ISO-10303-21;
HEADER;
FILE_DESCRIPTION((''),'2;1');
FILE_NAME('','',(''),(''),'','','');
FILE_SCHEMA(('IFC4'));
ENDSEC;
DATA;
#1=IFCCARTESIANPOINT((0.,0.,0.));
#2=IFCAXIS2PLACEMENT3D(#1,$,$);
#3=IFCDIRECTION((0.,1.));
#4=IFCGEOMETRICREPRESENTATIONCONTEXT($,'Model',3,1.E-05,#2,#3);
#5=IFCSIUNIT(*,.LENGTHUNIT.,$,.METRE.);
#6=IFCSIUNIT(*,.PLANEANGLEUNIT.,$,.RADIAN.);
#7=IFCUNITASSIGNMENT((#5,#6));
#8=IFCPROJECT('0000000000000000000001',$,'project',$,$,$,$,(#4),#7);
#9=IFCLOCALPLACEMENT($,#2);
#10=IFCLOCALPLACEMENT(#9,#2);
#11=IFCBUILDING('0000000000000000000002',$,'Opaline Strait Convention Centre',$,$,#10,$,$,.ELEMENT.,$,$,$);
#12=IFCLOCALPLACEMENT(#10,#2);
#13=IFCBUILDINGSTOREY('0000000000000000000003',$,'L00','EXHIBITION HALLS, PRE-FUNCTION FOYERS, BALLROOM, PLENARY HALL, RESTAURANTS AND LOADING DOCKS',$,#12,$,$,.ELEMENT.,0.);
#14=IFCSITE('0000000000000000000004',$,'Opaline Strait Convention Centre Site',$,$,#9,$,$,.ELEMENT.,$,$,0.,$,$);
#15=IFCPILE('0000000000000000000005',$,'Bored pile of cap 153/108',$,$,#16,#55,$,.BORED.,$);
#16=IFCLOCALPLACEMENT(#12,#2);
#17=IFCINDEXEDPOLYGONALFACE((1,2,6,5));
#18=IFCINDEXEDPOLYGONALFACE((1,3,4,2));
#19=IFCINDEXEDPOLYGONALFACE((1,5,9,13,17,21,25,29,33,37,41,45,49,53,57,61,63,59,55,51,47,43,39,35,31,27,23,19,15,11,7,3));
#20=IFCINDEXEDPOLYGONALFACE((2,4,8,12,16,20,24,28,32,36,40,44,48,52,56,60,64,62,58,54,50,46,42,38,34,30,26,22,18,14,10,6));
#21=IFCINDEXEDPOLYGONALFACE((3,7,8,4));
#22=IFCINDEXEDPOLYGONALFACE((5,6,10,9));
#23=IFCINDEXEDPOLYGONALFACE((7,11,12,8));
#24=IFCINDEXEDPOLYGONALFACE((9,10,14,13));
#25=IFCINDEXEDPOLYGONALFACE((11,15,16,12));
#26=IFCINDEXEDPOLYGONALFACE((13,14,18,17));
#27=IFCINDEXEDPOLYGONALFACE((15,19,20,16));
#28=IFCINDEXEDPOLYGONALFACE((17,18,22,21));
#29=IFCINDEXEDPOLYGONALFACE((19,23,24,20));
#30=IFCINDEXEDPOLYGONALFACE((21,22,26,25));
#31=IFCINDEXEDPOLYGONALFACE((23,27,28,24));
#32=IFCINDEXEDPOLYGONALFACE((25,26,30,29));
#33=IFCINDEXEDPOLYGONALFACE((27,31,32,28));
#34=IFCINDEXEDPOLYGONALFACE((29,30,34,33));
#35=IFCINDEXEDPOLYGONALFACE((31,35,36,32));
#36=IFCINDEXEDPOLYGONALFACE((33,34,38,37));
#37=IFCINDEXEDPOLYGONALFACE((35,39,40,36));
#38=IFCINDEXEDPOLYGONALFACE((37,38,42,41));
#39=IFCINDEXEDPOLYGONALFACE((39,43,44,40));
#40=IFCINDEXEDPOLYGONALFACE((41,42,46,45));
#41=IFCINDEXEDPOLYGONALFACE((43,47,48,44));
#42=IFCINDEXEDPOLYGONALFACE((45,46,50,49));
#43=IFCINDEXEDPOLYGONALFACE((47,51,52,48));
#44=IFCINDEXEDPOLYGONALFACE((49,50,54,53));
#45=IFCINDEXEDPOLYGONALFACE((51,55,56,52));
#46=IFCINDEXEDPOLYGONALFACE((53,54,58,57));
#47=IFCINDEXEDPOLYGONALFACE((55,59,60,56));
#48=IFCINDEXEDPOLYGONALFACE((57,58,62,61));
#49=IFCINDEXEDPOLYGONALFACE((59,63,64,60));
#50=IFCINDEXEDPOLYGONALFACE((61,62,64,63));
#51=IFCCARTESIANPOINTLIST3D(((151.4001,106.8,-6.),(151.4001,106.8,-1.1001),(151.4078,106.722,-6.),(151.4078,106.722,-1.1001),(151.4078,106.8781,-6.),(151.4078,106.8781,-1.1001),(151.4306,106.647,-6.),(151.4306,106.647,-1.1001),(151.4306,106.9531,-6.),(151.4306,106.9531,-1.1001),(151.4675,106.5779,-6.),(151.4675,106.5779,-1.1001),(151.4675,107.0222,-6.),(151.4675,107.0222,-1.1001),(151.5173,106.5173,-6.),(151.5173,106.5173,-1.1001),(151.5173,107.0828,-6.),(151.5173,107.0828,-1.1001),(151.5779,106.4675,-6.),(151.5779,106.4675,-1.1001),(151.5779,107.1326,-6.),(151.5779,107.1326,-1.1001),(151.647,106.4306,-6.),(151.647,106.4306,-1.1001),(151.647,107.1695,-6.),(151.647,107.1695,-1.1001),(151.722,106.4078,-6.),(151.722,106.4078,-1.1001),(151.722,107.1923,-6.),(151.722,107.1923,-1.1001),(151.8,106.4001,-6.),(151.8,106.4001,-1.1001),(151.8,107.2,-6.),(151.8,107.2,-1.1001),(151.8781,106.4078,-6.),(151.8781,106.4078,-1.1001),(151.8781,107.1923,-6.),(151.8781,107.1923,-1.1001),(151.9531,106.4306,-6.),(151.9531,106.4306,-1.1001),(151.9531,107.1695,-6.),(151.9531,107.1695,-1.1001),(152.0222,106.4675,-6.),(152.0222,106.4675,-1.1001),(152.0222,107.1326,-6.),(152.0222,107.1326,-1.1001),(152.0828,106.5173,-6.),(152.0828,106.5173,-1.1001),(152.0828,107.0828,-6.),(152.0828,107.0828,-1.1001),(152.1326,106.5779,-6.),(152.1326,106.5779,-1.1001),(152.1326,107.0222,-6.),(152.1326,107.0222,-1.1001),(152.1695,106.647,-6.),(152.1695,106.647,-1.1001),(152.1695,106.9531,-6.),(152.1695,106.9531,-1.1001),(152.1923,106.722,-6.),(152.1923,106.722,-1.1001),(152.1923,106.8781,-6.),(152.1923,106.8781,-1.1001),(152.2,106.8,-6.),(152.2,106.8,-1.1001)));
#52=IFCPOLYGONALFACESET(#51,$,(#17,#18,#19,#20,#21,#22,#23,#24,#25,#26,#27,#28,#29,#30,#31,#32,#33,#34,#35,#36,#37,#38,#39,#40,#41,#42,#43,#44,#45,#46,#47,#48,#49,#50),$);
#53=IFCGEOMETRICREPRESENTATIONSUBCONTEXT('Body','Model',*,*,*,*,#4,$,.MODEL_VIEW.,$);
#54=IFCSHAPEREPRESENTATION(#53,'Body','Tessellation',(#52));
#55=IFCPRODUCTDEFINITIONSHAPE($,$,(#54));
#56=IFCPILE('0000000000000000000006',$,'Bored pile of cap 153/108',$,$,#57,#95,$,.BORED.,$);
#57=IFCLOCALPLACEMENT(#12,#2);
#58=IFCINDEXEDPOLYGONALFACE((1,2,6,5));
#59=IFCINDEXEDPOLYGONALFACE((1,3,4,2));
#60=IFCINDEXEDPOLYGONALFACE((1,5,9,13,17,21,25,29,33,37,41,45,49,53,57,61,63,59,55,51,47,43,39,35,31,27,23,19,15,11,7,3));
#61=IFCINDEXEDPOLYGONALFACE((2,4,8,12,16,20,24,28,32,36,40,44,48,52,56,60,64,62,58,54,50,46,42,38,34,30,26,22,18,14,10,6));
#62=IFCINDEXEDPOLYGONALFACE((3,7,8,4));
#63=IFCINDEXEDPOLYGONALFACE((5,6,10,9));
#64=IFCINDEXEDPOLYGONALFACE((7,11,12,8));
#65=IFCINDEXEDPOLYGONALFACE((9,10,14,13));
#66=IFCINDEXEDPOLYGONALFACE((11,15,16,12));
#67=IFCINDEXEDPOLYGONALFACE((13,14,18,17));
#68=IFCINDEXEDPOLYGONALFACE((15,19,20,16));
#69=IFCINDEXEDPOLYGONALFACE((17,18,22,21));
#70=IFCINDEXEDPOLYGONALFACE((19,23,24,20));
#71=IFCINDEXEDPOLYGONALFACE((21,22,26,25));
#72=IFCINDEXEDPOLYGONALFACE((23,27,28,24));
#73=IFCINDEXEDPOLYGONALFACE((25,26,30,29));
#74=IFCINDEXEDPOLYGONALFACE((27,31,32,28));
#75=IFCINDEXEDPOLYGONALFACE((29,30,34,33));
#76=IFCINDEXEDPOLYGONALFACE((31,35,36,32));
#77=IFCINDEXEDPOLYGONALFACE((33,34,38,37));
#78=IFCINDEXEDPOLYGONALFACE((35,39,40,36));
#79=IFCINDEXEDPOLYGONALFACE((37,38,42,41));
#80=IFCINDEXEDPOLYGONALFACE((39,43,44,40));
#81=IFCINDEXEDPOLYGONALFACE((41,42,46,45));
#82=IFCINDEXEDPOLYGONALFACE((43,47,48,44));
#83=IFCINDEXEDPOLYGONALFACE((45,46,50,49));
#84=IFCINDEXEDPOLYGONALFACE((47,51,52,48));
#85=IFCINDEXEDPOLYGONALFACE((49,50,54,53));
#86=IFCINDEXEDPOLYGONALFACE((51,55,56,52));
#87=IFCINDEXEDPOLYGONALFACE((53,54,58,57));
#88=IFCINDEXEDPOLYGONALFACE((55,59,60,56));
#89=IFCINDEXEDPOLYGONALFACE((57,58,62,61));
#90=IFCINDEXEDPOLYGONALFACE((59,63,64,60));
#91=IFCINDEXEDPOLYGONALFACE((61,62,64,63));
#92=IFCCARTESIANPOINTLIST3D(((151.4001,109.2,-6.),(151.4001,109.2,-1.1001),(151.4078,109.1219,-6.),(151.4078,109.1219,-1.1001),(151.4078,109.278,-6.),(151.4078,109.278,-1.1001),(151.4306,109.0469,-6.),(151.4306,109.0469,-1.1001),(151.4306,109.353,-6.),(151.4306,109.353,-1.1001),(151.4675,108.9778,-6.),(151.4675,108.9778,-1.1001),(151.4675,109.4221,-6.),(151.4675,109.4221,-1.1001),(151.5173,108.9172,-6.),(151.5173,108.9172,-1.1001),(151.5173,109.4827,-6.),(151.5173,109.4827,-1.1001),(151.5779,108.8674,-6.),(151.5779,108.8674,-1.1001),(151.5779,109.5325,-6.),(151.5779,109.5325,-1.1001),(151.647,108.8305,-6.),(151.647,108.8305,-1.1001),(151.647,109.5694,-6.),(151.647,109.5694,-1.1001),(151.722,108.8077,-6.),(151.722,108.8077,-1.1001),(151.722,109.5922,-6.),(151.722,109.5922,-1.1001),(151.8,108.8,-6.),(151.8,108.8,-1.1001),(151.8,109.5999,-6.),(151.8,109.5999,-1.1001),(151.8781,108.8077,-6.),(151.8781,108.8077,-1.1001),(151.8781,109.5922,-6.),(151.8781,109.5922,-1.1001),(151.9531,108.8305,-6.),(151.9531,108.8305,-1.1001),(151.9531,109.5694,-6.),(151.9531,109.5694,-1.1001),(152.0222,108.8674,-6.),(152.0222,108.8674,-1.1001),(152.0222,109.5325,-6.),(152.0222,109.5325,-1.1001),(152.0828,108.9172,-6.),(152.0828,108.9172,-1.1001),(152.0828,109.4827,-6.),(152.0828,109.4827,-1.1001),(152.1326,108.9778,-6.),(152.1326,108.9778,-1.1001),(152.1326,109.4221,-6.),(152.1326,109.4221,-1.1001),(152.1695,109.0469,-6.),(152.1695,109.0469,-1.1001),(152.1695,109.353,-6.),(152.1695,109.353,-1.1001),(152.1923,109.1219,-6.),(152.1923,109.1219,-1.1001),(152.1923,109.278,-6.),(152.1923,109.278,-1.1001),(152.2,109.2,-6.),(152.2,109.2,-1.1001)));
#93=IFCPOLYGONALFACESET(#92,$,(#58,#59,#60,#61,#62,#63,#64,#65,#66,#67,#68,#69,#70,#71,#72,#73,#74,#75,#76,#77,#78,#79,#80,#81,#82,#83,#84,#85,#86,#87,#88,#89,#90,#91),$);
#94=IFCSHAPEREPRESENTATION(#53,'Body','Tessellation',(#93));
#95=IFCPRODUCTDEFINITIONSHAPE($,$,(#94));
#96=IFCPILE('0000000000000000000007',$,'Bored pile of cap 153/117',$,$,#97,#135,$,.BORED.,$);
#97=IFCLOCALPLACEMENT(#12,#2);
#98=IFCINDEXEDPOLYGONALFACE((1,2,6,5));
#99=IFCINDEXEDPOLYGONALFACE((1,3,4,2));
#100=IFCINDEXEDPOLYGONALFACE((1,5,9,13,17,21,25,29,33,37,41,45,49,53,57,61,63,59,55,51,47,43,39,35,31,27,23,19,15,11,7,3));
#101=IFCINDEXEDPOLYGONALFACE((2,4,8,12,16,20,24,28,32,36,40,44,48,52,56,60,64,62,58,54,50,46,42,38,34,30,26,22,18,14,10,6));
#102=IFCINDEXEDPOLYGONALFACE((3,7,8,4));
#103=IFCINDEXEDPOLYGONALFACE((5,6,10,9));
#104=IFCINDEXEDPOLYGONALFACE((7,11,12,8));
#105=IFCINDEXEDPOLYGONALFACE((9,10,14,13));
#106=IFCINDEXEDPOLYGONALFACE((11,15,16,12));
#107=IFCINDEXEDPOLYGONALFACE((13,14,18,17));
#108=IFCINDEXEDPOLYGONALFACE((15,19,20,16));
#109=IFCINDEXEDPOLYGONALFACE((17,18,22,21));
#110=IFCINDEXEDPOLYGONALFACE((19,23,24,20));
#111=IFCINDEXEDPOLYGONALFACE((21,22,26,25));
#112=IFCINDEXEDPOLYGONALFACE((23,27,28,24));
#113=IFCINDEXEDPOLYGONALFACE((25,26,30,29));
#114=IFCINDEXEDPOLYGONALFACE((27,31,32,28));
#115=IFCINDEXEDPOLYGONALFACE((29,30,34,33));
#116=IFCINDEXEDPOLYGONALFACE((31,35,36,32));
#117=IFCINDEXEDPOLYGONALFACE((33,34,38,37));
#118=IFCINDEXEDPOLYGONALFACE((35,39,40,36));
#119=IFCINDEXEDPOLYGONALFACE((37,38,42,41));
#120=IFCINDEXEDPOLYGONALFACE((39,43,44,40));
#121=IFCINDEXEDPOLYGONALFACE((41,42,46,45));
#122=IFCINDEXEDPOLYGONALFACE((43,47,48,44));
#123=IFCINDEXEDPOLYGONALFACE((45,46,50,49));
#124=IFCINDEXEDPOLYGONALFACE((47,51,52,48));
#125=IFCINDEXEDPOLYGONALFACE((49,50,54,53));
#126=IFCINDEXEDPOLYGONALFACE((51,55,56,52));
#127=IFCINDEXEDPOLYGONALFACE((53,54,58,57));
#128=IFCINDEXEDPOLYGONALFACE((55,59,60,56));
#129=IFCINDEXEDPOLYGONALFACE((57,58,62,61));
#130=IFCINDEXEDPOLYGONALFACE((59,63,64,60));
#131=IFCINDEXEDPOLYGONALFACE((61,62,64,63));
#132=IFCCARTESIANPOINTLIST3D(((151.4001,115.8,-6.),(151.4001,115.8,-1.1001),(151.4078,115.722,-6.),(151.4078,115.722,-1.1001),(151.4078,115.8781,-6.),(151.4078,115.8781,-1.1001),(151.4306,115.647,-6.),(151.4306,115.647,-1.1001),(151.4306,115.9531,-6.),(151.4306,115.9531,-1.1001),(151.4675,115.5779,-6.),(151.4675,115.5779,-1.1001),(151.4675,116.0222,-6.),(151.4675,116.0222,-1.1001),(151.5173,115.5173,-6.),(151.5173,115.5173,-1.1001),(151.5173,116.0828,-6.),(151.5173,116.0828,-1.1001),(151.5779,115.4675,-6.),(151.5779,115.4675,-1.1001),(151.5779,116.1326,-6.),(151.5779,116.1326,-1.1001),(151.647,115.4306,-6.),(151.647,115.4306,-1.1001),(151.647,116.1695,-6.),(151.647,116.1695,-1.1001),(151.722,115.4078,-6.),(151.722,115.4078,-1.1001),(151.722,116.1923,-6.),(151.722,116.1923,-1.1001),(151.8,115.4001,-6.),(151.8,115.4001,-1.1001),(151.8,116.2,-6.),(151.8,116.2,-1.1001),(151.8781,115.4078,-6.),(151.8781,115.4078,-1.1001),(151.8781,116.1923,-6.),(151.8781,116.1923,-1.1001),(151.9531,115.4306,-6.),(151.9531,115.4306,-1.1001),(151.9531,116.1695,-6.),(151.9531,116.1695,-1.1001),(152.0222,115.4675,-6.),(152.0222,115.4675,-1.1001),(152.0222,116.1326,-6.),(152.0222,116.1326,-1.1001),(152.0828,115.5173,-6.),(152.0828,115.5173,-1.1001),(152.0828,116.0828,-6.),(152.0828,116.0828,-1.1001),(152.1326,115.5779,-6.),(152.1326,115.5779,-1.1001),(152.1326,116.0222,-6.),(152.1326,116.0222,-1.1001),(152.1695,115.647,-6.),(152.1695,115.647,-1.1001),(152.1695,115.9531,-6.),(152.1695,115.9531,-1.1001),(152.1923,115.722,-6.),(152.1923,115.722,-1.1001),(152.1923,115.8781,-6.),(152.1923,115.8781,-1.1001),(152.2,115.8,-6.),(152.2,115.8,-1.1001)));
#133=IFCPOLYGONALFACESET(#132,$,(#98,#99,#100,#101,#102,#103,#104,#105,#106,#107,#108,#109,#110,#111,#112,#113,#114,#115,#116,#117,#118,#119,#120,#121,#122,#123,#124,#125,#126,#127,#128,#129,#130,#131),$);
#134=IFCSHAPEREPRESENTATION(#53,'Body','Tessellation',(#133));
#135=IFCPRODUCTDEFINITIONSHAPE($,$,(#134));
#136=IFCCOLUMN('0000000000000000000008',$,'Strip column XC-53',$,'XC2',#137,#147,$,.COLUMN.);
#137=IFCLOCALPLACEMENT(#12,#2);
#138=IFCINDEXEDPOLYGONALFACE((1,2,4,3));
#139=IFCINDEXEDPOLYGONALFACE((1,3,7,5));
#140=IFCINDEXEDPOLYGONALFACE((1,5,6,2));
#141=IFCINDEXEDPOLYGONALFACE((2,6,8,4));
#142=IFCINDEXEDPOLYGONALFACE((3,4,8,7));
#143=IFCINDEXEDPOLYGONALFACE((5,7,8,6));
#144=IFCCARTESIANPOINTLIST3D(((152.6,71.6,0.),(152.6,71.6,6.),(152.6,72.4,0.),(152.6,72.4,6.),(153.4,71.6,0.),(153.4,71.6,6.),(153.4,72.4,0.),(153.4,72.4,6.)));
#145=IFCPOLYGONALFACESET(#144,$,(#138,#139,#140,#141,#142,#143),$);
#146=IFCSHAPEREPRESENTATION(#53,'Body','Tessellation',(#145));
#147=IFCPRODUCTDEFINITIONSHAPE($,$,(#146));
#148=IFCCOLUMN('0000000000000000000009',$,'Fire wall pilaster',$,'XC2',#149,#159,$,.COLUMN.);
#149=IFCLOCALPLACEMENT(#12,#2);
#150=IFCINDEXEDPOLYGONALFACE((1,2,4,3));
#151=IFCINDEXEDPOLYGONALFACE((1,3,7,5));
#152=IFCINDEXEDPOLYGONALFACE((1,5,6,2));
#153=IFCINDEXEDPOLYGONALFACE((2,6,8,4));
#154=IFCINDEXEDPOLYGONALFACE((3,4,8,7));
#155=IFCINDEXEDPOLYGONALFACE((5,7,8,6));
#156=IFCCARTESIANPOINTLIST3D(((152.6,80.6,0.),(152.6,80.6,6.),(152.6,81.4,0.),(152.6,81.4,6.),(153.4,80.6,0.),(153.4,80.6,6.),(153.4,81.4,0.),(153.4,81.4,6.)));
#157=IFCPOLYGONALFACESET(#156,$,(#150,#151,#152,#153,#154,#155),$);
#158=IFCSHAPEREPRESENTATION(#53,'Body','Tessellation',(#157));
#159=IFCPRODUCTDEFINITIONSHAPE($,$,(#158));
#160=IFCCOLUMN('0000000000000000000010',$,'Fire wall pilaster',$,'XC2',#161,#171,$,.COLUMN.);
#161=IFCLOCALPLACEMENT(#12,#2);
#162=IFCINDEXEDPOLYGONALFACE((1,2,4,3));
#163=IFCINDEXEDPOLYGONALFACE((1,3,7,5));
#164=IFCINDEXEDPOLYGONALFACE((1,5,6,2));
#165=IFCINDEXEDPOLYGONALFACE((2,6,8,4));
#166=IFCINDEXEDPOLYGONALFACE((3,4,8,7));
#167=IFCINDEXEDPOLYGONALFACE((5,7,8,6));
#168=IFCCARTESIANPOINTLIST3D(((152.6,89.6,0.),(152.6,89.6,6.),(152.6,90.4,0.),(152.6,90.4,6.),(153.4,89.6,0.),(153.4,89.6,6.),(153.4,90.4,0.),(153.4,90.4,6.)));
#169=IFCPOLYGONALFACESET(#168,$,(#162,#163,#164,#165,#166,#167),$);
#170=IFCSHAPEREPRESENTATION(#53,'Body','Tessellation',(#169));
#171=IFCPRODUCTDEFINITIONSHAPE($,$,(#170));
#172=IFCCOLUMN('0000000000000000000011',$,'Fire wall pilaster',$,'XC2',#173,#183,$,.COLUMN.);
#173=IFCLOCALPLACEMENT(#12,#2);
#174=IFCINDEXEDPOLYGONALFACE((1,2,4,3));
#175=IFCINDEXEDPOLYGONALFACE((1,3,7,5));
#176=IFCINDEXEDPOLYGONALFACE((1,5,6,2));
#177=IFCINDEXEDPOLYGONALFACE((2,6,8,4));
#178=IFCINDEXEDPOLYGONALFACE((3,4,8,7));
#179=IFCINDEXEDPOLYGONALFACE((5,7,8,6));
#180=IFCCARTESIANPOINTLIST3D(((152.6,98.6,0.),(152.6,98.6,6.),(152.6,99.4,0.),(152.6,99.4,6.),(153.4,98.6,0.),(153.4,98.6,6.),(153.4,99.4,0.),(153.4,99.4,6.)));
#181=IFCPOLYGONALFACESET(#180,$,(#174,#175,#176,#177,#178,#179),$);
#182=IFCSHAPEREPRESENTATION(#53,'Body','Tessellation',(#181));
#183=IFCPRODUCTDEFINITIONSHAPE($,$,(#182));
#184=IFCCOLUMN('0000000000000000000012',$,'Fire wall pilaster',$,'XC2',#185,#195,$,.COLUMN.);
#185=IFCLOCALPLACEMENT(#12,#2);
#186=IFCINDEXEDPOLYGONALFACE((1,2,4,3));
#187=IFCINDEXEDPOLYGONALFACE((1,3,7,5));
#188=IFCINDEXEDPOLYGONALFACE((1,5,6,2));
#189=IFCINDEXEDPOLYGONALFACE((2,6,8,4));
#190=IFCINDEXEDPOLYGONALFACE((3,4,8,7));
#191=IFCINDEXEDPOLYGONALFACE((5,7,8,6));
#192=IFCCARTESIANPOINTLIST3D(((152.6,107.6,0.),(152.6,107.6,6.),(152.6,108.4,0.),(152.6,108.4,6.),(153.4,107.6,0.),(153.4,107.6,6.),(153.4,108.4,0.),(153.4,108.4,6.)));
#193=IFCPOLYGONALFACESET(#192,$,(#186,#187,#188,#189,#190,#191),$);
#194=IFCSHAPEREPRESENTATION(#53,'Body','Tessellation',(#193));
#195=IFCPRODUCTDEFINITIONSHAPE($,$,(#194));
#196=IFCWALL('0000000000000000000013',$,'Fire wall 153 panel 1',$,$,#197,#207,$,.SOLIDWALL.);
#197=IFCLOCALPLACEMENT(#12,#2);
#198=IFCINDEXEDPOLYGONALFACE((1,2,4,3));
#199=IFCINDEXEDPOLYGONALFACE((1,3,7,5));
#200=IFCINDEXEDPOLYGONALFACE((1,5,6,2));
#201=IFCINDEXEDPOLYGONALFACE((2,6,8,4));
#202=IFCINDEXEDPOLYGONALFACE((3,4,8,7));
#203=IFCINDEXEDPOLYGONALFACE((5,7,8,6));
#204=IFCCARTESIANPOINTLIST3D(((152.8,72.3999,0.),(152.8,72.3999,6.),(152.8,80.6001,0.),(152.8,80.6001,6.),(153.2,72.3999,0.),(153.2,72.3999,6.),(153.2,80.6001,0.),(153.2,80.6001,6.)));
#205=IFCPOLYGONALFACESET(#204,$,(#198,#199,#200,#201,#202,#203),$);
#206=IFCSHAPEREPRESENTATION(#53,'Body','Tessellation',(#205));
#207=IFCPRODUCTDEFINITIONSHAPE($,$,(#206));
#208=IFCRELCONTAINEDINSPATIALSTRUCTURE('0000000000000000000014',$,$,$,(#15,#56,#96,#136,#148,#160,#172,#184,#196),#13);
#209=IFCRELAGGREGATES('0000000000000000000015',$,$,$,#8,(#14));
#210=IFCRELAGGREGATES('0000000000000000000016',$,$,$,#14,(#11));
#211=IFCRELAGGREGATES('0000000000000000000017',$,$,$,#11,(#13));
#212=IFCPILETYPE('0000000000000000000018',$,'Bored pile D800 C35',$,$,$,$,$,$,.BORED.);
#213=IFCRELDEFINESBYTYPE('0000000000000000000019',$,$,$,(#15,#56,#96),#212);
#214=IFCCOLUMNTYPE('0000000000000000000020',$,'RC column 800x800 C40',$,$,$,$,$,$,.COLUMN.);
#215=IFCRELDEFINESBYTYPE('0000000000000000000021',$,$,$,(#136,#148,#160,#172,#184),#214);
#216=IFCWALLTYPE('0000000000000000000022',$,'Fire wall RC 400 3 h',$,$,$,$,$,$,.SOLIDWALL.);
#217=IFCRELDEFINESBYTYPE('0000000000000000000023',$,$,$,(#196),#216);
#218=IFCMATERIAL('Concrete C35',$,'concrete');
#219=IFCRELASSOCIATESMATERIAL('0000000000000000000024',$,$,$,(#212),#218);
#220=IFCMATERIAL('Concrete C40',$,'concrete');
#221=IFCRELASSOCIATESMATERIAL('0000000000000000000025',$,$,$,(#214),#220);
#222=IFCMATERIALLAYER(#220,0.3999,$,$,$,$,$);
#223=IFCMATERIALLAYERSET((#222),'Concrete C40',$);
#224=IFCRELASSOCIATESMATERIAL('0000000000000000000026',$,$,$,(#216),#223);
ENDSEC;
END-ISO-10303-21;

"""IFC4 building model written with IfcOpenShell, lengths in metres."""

from ifc_helpers import new_model, si_unit, direction, frame, frame_2d, origin, origin_2d, place, context, subcontext, project, spatial, rectangle, circle, extrude, material, layer, layer_set, material_profile, profile_set, type_object, element, save


model = new_model("IFC4")

# Units and contexts
model_context = context("Model", 3, precision=1e-05, world=origin(), true_north=direction((0.0, 1.0)))
body_context = subcontext(model_context, "Body", "Model", "MODEL_VIEW")
ifc_project = project(units=[si_unit("LENGTHUNIT", "METRE"), si_unit("PLANEANGLEUNIT", "RADIAN")], contexts=[model_context])

# Site, building, storey
site_placement = place(None, origin())
site = spatial("IfcSite", under=ifc_project, at=site_placement, Name="Opaline Strait Convention Centre Site", CompositionType="ELEMENT", RefElevation=0.0)
building_placement = place(site_placement, origin())
building = spatial("IfcBuilding", under=site, at=building_placement, Name="Opaline Strait Convention Centre", CompositionType="ELEMENT")
storey_placement = place(building_placement, origin())
storey = spatial("IfcBuildingStorey", under=building, at=storey_placement, Name="L00", Description="EXHIBITION HALLS, PRE-FUNCTION FOYERS, BALLROOM, PLENARY HALL, RESTAURANTS AND LOADING DOCKS", CompositionType="ELEMENT", Elevation=0.0)

# Piles
ifc_material_1 = material(Name="Concrete C35", Category="concrete")
ifc_material_profile_1 = material_profile(ifc_material_1, circle(Radius=0.3999, at=origin_2d()), Name="D800")
ifc_profile_set_1 = profile_set([ifc_material_profile_1], Name="Concrete C35")
pile_type = type_object("IfcPileType", Name="Bored pile D800 C35", PredefinedType="BORED", material=ifc_profile_set_1)
for number, where, z_axis, x_axis, name in (
    (1, (151.8, 106.8, -1.1001), (0.0, 0.0, -1.0), (1.0, 0.0, 0.0), "Bored pile of cap 153/108"),
    (2, (151.8, 109.2, -1.1001), (0.0, 0.0, -1.0), (1.0, 0.0, 0.0), "Bored pile of cap 153/108"),
    (3, (151.8, 115.8, -1.1001), (0.0, 0.0, -1.0), (1.0, 0.0, 0.0), "Bored pile of cap 153/117"),
):
    element("IfcPile", number, at=place(storey_placement, frame(where, z_axis=z_axis, x_axis=x_axis)), inside=storey, type_object=pile_type, Name=name, PredefinedType="BORED", context=body_context, shape_type="SweptSolid", body=[
        extrude(circle(Radius=0.3999, at=origin_2d()), origin(), (0.0, 0.0, 1.0), 4.8999),
    ])

# Columns
ifc_material_2 = material(Name="Concrete C40", Category="concrete")
ifc_material_profile_2 = material_profile(ifc_material_2, rectangle(XDim=0.8, YDim=0.8, at=origin_2d()), Name="RC 800x800")
ifc_profile_set_2 = profile_set([ifc_material_profile_2], Name="Concrete C40")
column_type = type_object("IfcColumnType", Name="RC column 800x800 C40", PredefinedType="COLUMN", material=ifc_profile_set_2)
for number, where, z_axis, x_axis, name in (
    (4, (153.0, 72.0, 0.0), (0.0, 0.0, 1.0), (1.0, 0.0, 0.0), "Strip column XC-53"),
    (5, (153.0, 81.0, 0.0), (0.0, 0.0, 1.0), (1.0, 0.0, 0.0), "Fire wall pilaster"),
    (6, (153.0, 90.0, 0.0), (0.0, 0.0, 1.0), (1.0, 0.0, 0.0), "Fire wall pilaster"),
    (7, (153.0, 99.0, 0.0), (0.0, 0.0, 1.0), (1.0, 0.0, 0.0), "Fire wall pilaster"),
    (8, (153.0, 108.0, 0.0), (0.0, 0.0, 1.0), (1.0, 0.0, 0.0), "Fire wall pilaster"),
):
    element("IfcColumn", number, at=place(storey_placement, frame(where, z_axis=z_axis, x_axis=x_axis)), inside=storey, type_object=column_type, Name=name, ObjectType="XC2", PredefinedType="COLUMN", context=body_context, shape_type="SweptSolid", body=[
        extrude(rectangle(XDim=0.8, YDim=0.8, at=origin_2d()), origin(), (0.0, 0.0, 1.0), 6.0),
    ])

# Wall
ifc_layer_1 = layer(ifc_material_2, 0.3999)
ifc_layer_set_1 = layer_set([ifc_layer_1], Name="Concrete C40")
wall_type_1 = type_object("IfcWallType", Name="Fire wall RC 400 3 h", PredefinedType="SOLIDWALL", material=ifc_layer_set_1)
wall_1_placement = place(storey_placement, frame((153.0, 72.3999, 0.0), z_axis=(0.0, 0.0, 1.0), x_axis=(0.0, 1.0, 0.0)))
element("IfcWall", 9, at=wall_1_placement, inside=storey, type_object=wall_type_1, Name="Fire wall 153 panel 1", PredefinedType="SOLIDWALL", context=body_context, shape_type="SweptSolid", body=[
    extrude(rectangle(XDim=8.2002, YDim=0.3999, at=frame_2d((4.1001, 0.0))), origin(), (0.0, 0.0, 1.0), 6.0),
])

save(model, "model.ifc")
